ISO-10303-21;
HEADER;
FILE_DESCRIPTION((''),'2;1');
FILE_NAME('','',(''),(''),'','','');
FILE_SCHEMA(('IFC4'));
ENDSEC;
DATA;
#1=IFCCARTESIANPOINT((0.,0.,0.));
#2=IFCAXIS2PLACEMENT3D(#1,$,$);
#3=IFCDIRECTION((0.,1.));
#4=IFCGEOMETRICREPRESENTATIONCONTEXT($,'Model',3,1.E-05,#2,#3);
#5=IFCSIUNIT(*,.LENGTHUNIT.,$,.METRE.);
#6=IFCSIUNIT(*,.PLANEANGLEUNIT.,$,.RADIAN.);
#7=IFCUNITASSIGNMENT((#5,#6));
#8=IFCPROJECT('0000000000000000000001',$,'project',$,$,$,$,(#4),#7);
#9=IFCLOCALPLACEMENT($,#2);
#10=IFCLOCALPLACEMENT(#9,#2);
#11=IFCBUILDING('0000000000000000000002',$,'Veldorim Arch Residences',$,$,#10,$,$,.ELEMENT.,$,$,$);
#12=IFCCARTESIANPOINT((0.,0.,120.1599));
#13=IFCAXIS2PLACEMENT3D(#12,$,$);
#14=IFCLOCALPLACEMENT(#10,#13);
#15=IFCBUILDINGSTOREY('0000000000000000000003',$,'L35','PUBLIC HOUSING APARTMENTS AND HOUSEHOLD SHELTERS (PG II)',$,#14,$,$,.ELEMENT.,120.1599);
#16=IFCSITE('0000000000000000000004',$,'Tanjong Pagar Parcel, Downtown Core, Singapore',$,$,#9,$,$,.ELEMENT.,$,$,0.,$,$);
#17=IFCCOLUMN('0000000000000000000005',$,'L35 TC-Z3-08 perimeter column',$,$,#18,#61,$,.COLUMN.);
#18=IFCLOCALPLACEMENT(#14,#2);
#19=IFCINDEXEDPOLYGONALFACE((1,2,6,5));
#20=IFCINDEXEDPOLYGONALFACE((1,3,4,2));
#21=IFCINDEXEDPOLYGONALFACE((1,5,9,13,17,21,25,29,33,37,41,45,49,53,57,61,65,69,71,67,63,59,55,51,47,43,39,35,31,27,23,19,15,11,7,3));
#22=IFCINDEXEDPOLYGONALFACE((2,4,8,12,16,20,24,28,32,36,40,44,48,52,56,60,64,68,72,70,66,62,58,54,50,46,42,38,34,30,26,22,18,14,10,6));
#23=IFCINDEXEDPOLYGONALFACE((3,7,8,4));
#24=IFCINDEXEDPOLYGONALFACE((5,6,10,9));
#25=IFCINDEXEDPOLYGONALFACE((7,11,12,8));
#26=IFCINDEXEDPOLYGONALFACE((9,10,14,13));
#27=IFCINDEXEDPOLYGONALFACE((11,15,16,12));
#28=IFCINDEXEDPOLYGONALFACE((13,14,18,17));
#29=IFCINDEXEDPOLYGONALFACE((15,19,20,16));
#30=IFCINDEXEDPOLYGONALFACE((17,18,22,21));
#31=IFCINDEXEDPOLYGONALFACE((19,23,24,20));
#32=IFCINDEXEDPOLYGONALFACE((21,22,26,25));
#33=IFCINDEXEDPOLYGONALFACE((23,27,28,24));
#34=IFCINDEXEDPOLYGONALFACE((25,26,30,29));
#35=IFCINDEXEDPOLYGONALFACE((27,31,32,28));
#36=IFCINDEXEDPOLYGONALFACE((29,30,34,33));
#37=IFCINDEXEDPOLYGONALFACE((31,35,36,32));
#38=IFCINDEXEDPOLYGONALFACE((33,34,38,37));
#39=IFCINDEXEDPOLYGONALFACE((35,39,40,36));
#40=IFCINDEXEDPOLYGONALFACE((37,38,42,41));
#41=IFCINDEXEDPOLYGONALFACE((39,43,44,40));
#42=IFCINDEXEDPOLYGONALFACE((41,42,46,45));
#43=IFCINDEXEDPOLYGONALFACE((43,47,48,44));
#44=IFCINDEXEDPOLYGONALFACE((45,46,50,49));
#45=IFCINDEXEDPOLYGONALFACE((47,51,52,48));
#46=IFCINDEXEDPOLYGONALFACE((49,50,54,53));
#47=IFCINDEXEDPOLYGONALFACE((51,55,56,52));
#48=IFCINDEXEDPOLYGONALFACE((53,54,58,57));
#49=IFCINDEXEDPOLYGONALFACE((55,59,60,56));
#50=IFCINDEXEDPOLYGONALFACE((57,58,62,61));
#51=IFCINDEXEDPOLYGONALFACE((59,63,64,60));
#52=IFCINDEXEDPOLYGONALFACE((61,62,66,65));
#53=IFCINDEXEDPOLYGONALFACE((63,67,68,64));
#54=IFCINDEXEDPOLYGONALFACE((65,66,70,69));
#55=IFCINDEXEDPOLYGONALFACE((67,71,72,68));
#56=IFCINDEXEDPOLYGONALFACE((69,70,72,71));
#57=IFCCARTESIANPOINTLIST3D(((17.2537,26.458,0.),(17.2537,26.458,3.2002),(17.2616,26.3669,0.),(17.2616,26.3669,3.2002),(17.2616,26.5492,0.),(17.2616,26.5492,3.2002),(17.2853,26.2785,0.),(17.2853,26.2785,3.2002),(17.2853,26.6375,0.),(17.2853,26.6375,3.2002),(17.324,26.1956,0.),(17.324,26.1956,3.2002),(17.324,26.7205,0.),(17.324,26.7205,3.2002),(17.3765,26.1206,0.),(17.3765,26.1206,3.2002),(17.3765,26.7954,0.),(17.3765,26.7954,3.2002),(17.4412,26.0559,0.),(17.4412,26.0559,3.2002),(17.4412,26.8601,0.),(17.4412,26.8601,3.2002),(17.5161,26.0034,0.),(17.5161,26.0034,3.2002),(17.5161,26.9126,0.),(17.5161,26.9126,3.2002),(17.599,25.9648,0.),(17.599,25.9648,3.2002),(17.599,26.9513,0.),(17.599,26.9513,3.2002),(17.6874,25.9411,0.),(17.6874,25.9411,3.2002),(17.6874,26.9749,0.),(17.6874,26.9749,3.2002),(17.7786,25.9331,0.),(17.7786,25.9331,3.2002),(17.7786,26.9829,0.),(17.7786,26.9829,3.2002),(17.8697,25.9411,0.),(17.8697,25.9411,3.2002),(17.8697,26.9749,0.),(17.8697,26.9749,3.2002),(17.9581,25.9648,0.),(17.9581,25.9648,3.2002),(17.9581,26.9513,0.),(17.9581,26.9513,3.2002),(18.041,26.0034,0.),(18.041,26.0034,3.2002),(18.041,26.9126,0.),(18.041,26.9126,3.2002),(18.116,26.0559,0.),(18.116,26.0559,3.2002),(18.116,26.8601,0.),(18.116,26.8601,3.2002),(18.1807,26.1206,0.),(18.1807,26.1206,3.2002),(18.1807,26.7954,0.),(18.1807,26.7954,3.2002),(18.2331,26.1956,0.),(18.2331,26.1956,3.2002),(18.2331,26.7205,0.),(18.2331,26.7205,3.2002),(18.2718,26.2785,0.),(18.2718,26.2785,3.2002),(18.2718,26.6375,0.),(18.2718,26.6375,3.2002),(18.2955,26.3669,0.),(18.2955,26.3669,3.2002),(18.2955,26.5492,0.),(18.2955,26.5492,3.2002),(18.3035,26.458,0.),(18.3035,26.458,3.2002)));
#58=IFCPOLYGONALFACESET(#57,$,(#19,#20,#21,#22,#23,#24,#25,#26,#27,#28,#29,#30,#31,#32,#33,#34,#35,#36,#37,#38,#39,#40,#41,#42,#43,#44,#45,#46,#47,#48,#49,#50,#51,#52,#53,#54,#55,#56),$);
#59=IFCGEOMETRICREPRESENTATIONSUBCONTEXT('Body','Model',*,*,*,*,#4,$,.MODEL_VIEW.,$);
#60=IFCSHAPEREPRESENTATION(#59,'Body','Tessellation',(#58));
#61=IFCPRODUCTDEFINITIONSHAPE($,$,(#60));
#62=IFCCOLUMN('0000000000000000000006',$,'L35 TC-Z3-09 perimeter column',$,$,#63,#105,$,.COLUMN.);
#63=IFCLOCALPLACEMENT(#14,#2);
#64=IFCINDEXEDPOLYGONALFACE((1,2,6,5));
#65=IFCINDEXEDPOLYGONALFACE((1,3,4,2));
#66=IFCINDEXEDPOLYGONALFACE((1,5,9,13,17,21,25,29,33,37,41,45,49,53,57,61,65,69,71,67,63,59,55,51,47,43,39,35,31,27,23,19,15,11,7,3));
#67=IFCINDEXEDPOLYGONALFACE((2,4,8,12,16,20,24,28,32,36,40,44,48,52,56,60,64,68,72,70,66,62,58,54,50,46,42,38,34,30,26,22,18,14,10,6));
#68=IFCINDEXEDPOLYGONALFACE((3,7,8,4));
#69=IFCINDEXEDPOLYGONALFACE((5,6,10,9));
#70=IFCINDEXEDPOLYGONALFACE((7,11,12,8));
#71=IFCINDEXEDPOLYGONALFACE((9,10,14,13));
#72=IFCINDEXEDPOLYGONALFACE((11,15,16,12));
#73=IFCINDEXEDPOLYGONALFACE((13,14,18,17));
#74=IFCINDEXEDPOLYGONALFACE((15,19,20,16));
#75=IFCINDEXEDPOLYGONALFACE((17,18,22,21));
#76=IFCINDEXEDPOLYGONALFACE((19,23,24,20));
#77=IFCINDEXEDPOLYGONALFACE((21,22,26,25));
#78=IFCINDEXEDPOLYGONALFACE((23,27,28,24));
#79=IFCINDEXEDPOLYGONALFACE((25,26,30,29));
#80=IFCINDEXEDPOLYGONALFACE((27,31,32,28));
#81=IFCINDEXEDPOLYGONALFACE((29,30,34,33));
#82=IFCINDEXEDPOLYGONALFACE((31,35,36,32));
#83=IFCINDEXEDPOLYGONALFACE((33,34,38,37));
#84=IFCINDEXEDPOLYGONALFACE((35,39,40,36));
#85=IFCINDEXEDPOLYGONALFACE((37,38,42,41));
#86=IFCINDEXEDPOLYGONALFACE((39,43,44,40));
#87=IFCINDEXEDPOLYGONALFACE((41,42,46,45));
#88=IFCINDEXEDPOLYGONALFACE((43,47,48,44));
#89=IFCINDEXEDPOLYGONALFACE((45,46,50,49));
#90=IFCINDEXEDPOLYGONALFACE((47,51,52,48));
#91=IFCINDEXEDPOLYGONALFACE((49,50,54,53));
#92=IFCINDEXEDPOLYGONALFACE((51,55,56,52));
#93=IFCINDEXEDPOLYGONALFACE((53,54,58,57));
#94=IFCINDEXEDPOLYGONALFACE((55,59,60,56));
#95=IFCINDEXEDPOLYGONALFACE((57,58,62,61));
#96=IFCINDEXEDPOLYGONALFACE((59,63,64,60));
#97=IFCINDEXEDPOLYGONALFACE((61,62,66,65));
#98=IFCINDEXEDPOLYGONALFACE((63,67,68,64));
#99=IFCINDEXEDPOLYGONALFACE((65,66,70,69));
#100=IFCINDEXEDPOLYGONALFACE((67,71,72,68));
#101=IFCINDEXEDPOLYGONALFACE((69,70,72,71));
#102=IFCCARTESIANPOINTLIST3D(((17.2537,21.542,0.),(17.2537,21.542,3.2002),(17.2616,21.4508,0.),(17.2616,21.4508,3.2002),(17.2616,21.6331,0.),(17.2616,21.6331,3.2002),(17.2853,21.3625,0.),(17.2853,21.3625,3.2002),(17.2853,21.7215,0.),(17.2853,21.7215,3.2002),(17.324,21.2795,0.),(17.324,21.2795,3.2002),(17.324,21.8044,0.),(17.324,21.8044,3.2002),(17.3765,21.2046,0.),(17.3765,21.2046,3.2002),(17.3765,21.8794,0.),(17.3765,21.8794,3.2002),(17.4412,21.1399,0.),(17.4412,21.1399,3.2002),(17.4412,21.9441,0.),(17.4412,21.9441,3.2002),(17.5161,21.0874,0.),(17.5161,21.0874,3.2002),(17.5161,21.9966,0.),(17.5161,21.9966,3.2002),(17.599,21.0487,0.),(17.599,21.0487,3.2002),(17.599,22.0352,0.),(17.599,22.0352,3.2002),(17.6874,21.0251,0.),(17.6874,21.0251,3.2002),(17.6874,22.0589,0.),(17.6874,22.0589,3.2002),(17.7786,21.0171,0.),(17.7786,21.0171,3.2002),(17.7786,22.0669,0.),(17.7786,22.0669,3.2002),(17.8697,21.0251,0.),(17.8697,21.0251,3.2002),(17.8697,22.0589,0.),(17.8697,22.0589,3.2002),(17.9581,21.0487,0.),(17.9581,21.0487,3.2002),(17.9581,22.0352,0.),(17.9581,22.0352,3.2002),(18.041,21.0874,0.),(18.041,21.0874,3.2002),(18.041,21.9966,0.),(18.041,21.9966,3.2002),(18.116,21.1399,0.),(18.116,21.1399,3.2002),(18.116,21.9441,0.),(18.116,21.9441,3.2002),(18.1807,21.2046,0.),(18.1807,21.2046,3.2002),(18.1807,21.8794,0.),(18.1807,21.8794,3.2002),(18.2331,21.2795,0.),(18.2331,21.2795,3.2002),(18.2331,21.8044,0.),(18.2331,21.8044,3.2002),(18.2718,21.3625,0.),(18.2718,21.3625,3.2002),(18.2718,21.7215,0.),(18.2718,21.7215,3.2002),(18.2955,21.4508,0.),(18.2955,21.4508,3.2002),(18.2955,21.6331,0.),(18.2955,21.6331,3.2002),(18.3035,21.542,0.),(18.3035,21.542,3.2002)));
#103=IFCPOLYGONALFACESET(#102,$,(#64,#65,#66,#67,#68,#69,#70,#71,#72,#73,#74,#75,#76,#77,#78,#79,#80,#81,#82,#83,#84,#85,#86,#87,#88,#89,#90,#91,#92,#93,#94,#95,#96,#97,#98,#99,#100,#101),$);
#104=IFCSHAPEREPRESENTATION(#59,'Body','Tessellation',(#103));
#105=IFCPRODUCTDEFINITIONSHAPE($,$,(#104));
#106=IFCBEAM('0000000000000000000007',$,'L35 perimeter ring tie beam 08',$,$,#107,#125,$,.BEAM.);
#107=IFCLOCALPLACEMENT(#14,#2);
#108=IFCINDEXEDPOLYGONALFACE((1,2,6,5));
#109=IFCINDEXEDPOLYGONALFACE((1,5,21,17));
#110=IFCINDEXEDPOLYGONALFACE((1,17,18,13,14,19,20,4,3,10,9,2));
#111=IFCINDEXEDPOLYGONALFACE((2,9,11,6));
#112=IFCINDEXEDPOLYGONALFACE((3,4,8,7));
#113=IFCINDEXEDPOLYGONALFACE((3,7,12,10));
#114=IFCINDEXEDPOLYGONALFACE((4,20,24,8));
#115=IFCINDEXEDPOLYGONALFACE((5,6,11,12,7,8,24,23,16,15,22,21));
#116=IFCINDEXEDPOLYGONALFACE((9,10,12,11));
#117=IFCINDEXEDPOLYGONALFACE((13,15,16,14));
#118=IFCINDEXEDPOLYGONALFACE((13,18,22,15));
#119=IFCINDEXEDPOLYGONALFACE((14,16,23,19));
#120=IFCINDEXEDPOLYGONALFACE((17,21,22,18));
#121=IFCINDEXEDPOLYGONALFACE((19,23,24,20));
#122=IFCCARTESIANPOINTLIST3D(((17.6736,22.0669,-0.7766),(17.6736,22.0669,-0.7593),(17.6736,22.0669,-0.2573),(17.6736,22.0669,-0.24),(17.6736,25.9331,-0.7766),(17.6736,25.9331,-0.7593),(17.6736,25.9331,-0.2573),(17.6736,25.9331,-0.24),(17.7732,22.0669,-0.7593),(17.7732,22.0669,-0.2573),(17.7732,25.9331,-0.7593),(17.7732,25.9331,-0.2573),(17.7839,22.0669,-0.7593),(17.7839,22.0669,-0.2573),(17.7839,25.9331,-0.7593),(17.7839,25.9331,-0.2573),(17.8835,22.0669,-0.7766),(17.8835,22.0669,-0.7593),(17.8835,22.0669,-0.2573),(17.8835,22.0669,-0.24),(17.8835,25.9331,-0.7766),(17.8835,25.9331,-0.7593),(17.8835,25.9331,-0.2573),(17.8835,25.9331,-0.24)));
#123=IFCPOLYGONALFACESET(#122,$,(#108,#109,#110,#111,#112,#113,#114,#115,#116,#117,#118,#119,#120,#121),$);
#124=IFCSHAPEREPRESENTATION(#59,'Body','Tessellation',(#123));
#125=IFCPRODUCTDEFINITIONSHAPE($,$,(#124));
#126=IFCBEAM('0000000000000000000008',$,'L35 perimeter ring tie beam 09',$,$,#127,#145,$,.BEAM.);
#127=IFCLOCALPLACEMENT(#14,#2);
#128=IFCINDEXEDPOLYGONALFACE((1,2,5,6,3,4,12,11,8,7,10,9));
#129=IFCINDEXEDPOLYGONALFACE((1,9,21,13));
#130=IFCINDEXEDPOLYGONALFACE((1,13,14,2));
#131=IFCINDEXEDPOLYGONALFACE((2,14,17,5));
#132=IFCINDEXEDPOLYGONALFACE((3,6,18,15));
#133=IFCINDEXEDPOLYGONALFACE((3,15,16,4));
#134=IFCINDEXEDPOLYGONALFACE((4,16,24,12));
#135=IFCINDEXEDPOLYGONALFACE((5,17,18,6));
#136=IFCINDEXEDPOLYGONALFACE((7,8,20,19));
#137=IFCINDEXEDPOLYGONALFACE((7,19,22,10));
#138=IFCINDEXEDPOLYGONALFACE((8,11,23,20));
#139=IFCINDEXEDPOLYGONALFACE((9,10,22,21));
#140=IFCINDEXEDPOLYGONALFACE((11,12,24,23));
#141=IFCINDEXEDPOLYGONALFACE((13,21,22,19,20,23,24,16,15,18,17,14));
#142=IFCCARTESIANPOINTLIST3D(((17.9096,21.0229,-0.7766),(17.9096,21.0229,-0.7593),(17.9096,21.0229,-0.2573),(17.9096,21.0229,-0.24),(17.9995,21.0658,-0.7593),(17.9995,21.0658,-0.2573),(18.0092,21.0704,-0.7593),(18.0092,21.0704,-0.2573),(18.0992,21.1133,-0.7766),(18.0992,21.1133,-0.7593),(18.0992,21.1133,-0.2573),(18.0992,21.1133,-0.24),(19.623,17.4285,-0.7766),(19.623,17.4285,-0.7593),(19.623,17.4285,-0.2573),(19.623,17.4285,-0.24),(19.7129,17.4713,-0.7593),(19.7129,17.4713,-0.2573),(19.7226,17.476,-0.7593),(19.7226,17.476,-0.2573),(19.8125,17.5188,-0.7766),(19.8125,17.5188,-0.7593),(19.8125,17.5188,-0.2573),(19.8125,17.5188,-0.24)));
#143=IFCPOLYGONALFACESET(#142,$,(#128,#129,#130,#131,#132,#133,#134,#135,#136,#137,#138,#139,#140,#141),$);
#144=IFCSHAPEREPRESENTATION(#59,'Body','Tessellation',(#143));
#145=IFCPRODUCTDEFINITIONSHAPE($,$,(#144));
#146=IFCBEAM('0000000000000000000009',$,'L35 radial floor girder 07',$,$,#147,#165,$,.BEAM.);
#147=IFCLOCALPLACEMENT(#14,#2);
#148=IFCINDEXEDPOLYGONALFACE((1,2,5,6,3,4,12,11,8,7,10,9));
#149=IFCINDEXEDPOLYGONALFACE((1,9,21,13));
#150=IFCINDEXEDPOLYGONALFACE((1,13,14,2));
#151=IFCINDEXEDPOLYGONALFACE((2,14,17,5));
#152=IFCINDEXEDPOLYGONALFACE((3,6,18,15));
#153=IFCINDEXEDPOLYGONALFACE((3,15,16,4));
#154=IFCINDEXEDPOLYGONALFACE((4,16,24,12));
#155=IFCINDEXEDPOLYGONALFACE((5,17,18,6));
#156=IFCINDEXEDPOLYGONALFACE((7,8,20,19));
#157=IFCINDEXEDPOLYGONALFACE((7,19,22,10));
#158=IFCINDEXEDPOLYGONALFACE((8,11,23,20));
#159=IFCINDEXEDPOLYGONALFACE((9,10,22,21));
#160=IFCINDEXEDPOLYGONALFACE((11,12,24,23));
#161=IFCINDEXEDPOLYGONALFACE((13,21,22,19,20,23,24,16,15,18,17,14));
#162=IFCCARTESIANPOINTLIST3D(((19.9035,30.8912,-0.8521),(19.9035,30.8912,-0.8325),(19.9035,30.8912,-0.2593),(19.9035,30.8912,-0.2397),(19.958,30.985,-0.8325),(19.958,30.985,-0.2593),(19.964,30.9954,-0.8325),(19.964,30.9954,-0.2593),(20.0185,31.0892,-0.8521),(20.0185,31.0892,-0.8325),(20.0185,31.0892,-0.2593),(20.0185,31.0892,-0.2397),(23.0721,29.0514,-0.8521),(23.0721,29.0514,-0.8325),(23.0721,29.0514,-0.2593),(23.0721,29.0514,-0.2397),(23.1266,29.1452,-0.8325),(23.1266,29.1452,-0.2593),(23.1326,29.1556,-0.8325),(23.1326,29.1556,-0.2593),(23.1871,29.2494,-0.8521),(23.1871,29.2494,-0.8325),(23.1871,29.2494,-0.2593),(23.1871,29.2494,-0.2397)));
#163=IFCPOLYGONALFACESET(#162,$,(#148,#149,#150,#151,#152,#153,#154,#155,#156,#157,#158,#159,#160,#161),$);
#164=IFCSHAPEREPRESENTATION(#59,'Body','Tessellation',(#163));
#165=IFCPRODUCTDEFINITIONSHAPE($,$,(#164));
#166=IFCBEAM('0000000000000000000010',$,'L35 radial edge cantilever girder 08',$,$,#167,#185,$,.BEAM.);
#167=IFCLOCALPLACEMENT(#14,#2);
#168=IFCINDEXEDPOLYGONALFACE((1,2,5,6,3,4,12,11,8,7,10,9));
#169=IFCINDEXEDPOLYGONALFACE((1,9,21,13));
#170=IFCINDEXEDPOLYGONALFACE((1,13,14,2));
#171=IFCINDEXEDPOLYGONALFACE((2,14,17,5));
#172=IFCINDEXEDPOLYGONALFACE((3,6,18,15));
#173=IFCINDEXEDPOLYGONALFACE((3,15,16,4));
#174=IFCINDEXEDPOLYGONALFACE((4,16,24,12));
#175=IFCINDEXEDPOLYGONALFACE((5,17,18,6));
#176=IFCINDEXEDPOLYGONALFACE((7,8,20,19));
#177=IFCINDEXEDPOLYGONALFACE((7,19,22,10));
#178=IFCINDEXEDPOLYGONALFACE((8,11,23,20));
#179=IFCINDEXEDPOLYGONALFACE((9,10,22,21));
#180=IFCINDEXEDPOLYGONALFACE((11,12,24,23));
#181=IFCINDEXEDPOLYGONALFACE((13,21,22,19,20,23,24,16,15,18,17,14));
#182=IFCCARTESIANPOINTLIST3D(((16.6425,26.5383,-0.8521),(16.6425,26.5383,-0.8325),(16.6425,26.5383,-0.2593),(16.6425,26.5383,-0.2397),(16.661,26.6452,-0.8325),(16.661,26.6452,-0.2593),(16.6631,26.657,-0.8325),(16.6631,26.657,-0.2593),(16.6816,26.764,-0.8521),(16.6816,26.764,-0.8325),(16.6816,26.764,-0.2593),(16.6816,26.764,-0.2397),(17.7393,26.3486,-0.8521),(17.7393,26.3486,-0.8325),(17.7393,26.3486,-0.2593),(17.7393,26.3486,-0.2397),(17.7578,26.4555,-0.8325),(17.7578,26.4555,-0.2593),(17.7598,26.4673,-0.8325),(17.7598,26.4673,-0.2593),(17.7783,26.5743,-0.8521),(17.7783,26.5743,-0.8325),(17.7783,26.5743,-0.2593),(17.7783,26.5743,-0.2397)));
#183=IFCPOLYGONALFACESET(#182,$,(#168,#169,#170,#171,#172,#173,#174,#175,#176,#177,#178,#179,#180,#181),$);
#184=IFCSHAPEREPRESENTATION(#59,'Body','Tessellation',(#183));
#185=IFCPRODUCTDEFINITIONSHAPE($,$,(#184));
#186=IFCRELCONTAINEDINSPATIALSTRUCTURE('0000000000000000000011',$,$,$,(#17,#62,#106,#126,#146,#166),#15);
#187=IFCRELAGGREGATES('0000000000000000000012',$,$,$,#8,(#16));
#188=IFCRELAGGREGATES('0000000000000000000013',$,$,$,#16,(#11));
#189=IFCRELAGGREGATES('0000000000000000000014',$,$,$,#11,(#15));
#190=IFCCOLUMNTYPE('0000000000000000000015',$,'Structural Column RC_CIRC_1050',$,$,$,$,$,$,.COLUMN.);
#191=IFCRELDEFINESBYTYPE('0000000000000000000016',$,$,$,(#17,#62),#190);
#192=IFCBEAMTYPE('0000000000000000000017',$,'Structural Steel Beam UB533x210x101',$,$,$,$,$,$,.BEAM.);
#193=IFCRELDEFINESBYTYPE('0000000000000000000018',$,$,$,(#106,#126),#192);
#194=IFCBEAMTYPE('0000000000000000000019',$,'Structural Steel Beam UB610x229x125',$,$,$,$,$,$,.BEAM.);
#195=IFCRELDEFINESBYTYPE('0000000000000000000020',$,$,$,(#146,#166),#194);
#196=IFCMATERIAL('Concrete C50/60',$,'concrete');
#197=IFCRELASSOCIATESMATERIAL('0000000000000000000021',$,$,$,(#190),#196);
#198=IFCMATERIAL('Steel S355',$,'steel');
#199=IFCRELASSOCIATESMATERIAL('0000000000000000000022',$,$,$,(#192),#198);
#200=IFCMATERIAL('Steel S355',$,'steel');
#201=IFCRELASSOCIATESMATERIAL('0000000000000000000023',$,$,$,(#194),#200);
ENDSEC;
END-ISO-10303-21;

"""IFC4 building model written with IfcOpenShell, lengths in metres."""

from ifc_helpers import new_model, si_unit, direction, frame, origin, origin_2d, place, context, subcontext, project, spatial, circle, i_section, extrude, material, material_profile, profile_set, type_object, element, save


model = new_model("IFC4")

# Units and contexts
model_context = context("Model", 3, precision=1e-05, world=origin(), true_north=direction((0.0, 1.0)))
body_context = subcontext(model_context, "Body", "Model", "MODEL_VIEW")
ifc_project = project(units=[si_unit("LENGTHUNIT", "METRE"), si_unit("PLANEANGLEUNIT", "RADIAN")], contexts=[model_context])

# Site, building, storey
site_placement = place(None, origin())
site = spatial("IfcSite", under=ifc_project, at=site_placement, Name="Tanjong Pagar Parcel, Downtown Core, Singapore", CompositionType="ELEMENT", RefElevation=0.0)
building_placement = place(site_placement, origin())
building = spatial("IfcBuilding", under=site, at=building_placement, Name="Veldorim Arch Residences", CompositionType="ELEMENT")
storey_placement = place(building_placement, frame((0.0, 0.0, 120.1599)))
storey = spatial("IfcBuildingStorey", under=building, at=storey_placement, Name="L35", Description="PUBLIC HOUSING APARTMENTS AND HOUSEHOLD SHELTERS (PG II)", CompositionType="ELEMENT", Elevation=120.1599)

# Columns
ifc_material_1 = material(Name="Concrete C50/60", Category="concrete")
ifc_material_profile_1 = material_profile(ifc_material_1, circle(Radius=0.5249, at=origin_2d()), Name="RC_CIRC_1050")
ifc_profile_set_1 = profile_set([ifc_material_profile_1], Name="Concrete C50/60")
column_type = type_object("IfcColumnType", Name="Structural Column RC_CIRC_1050", PredefinedType="COLUMN", material=ifc_profile_set_1)
for number, where, z_axis, x_axis, name in (
    (1, (17.7786, 26.458, 0.0), (0.0, 0.0, 1.0), (1.0, 0.0, 0.0), "L35 TC-Z3-08 perimeter column"),
    (2, (17.7786, 21.542, 0.0), (0.0, 0.0, 1.0), (1.0, 0.0, 0.0), "L35 TC-Z3-09 perimeter column"),
):
    element("IfcColumn", number, at=place(storey_placement, frame(where, z_axis=z_axis, x_axis=x_axis)), inside=storey, type_object=column_type, Name=name, PredefinedType="COLUMN", context=body_context, shape_type="SweptSolid", body=[
        extrude(circle(Radius=0.5249, at=origin_2d()), origin(), (0.0, 0.0, 1.0), 3.2002),
    ])

# Beams
ifc_material_2 = material(Name="Steel S355", Category="steel")
ifc_material_profile_2 = material_profile(ifc_material_2, i_section(OverallWidth=0.21, OverallDepth=0.5366, WebThickness=0.0107, FlangeThickness=0.0173, at=origin_2d()), Name="UB533x210x101")
ifc_profile_set_2 = profile_set([ifc_material_profile_2], Name="Steel S355")
beam_type_1 = type_object("IfcBeamType", Name="Structural Steel Beam UB533x210x101", PredefinedType="BEAM", material=ifc_profile_set_2)
beam_1_placement = place(storey_placement, frame((17.7786, 25.9331, -0.5083), z_axis=(0.0, -1.0, 0.0), x_axis=(1.0, 0.0, 0.0)))
element("IfcBeam", 3, at=beam_1_placement, inside=storey, type_object=beam_type_1, Name="L35 perimeter ring tie beam 08", PredefinedType="BEAM", context=body_context, shape_type="SweptSolid", body=[
    extrude(i_section(OverallWidth=0.21, OverallDepth=0.5366, WebThickness=0.0107, FlangeThickness=0.0173, at=origin_2d()), origin(), (0.0, 0.0, 1.0), 3.8662),
])
beam_2_placement = place(storey_placement, frame((18.0044, 21.0681, -0.5083), z_axis=(0.430286, -0.902693, 0.0), x_axis=(0.902693, 0.430286, 0.0)))
element("IfcBeam", 4, at=beam_2_placement, inside=storey, type_object=beam_type_1, Name="L35 perimeter ring tie beam 09", PredefinedType="BEAM", context=body_context, shape_type="SweptSolid", body=[
    extrude(i_section(OverallWidth=0.21, OverallDepth=0.5366, WebThickness=0.0107, FlangeThickness=0.0173, at=origin_2d()), origin(), (0.0, 0.0, 1.0), 3.9819),
])
ifc_material_3 = material(Name="Steel S355", Category="steel")
ifc_material_profile_3 = material_profile(ifc_material_3, i_section(OverallWidth=0.229, OverallDepth=0.6123, WebThickness=0.012, FlangeThickness=0.0195, at=origin_2d()), Name="UB610x229x125")
ifc_profile_set_3 = profile_set([ifc_material_profile_3], Name="Steel S355")
beam_type_2 = type_object("IfcBeamType", Name="Structural Steel Beam UB610x229x125", PredefinedType="BEAM", material=ifc_profile_set_3)
beam_3_placement = place(storey_placement, frame((23.1296, 29.1504, -0.5459), z_axis=(-0.864795, 0.502126, 0.0), x_axis=(-0.502126, -0.864795, 0.0)))
element("IfcBeam", 5, at=beam_3_placement, inside=storey, type_object=beam_type_2, Name="L35 radial floor girder 07", PredefinedType="BEAM", context=body_context, shape_type="SweptSolid", body=[
    extrude(i_section(OverallWidth=0.229, OverallDepth=0.6123, WebThickness=0.012, FlangeThickness=0.0195, at=origin_2d()), origin(), (0.0, 0.0, 1.0), 3.6641),
])
beam_4_placement = place(storey_placement, frame((17.7588, 26.4614, -0.5459), z_axis=(-0.985368, 0.170443, 0.0), x_axis=(-0.170443, -0.985368, 0.0)))
element("IfcBeam", 6, at=beam_4_placement, inside=storey, type_object=beam_type_2, Name="L35 radial edge cantilever girder 08", PredefinedType="BEAM", context=body_context, shape_type="SweptSolid", body=[
    extrude(i_section(OverallWidth=0.229, OverallDepth=0.6123, WebThickness=0.012, FlangeThickness=0.0195, at=origin_2d()), origin(), (0.0, 0.0, 1.0), 1.113),
])

save(model, "model.ifc")
